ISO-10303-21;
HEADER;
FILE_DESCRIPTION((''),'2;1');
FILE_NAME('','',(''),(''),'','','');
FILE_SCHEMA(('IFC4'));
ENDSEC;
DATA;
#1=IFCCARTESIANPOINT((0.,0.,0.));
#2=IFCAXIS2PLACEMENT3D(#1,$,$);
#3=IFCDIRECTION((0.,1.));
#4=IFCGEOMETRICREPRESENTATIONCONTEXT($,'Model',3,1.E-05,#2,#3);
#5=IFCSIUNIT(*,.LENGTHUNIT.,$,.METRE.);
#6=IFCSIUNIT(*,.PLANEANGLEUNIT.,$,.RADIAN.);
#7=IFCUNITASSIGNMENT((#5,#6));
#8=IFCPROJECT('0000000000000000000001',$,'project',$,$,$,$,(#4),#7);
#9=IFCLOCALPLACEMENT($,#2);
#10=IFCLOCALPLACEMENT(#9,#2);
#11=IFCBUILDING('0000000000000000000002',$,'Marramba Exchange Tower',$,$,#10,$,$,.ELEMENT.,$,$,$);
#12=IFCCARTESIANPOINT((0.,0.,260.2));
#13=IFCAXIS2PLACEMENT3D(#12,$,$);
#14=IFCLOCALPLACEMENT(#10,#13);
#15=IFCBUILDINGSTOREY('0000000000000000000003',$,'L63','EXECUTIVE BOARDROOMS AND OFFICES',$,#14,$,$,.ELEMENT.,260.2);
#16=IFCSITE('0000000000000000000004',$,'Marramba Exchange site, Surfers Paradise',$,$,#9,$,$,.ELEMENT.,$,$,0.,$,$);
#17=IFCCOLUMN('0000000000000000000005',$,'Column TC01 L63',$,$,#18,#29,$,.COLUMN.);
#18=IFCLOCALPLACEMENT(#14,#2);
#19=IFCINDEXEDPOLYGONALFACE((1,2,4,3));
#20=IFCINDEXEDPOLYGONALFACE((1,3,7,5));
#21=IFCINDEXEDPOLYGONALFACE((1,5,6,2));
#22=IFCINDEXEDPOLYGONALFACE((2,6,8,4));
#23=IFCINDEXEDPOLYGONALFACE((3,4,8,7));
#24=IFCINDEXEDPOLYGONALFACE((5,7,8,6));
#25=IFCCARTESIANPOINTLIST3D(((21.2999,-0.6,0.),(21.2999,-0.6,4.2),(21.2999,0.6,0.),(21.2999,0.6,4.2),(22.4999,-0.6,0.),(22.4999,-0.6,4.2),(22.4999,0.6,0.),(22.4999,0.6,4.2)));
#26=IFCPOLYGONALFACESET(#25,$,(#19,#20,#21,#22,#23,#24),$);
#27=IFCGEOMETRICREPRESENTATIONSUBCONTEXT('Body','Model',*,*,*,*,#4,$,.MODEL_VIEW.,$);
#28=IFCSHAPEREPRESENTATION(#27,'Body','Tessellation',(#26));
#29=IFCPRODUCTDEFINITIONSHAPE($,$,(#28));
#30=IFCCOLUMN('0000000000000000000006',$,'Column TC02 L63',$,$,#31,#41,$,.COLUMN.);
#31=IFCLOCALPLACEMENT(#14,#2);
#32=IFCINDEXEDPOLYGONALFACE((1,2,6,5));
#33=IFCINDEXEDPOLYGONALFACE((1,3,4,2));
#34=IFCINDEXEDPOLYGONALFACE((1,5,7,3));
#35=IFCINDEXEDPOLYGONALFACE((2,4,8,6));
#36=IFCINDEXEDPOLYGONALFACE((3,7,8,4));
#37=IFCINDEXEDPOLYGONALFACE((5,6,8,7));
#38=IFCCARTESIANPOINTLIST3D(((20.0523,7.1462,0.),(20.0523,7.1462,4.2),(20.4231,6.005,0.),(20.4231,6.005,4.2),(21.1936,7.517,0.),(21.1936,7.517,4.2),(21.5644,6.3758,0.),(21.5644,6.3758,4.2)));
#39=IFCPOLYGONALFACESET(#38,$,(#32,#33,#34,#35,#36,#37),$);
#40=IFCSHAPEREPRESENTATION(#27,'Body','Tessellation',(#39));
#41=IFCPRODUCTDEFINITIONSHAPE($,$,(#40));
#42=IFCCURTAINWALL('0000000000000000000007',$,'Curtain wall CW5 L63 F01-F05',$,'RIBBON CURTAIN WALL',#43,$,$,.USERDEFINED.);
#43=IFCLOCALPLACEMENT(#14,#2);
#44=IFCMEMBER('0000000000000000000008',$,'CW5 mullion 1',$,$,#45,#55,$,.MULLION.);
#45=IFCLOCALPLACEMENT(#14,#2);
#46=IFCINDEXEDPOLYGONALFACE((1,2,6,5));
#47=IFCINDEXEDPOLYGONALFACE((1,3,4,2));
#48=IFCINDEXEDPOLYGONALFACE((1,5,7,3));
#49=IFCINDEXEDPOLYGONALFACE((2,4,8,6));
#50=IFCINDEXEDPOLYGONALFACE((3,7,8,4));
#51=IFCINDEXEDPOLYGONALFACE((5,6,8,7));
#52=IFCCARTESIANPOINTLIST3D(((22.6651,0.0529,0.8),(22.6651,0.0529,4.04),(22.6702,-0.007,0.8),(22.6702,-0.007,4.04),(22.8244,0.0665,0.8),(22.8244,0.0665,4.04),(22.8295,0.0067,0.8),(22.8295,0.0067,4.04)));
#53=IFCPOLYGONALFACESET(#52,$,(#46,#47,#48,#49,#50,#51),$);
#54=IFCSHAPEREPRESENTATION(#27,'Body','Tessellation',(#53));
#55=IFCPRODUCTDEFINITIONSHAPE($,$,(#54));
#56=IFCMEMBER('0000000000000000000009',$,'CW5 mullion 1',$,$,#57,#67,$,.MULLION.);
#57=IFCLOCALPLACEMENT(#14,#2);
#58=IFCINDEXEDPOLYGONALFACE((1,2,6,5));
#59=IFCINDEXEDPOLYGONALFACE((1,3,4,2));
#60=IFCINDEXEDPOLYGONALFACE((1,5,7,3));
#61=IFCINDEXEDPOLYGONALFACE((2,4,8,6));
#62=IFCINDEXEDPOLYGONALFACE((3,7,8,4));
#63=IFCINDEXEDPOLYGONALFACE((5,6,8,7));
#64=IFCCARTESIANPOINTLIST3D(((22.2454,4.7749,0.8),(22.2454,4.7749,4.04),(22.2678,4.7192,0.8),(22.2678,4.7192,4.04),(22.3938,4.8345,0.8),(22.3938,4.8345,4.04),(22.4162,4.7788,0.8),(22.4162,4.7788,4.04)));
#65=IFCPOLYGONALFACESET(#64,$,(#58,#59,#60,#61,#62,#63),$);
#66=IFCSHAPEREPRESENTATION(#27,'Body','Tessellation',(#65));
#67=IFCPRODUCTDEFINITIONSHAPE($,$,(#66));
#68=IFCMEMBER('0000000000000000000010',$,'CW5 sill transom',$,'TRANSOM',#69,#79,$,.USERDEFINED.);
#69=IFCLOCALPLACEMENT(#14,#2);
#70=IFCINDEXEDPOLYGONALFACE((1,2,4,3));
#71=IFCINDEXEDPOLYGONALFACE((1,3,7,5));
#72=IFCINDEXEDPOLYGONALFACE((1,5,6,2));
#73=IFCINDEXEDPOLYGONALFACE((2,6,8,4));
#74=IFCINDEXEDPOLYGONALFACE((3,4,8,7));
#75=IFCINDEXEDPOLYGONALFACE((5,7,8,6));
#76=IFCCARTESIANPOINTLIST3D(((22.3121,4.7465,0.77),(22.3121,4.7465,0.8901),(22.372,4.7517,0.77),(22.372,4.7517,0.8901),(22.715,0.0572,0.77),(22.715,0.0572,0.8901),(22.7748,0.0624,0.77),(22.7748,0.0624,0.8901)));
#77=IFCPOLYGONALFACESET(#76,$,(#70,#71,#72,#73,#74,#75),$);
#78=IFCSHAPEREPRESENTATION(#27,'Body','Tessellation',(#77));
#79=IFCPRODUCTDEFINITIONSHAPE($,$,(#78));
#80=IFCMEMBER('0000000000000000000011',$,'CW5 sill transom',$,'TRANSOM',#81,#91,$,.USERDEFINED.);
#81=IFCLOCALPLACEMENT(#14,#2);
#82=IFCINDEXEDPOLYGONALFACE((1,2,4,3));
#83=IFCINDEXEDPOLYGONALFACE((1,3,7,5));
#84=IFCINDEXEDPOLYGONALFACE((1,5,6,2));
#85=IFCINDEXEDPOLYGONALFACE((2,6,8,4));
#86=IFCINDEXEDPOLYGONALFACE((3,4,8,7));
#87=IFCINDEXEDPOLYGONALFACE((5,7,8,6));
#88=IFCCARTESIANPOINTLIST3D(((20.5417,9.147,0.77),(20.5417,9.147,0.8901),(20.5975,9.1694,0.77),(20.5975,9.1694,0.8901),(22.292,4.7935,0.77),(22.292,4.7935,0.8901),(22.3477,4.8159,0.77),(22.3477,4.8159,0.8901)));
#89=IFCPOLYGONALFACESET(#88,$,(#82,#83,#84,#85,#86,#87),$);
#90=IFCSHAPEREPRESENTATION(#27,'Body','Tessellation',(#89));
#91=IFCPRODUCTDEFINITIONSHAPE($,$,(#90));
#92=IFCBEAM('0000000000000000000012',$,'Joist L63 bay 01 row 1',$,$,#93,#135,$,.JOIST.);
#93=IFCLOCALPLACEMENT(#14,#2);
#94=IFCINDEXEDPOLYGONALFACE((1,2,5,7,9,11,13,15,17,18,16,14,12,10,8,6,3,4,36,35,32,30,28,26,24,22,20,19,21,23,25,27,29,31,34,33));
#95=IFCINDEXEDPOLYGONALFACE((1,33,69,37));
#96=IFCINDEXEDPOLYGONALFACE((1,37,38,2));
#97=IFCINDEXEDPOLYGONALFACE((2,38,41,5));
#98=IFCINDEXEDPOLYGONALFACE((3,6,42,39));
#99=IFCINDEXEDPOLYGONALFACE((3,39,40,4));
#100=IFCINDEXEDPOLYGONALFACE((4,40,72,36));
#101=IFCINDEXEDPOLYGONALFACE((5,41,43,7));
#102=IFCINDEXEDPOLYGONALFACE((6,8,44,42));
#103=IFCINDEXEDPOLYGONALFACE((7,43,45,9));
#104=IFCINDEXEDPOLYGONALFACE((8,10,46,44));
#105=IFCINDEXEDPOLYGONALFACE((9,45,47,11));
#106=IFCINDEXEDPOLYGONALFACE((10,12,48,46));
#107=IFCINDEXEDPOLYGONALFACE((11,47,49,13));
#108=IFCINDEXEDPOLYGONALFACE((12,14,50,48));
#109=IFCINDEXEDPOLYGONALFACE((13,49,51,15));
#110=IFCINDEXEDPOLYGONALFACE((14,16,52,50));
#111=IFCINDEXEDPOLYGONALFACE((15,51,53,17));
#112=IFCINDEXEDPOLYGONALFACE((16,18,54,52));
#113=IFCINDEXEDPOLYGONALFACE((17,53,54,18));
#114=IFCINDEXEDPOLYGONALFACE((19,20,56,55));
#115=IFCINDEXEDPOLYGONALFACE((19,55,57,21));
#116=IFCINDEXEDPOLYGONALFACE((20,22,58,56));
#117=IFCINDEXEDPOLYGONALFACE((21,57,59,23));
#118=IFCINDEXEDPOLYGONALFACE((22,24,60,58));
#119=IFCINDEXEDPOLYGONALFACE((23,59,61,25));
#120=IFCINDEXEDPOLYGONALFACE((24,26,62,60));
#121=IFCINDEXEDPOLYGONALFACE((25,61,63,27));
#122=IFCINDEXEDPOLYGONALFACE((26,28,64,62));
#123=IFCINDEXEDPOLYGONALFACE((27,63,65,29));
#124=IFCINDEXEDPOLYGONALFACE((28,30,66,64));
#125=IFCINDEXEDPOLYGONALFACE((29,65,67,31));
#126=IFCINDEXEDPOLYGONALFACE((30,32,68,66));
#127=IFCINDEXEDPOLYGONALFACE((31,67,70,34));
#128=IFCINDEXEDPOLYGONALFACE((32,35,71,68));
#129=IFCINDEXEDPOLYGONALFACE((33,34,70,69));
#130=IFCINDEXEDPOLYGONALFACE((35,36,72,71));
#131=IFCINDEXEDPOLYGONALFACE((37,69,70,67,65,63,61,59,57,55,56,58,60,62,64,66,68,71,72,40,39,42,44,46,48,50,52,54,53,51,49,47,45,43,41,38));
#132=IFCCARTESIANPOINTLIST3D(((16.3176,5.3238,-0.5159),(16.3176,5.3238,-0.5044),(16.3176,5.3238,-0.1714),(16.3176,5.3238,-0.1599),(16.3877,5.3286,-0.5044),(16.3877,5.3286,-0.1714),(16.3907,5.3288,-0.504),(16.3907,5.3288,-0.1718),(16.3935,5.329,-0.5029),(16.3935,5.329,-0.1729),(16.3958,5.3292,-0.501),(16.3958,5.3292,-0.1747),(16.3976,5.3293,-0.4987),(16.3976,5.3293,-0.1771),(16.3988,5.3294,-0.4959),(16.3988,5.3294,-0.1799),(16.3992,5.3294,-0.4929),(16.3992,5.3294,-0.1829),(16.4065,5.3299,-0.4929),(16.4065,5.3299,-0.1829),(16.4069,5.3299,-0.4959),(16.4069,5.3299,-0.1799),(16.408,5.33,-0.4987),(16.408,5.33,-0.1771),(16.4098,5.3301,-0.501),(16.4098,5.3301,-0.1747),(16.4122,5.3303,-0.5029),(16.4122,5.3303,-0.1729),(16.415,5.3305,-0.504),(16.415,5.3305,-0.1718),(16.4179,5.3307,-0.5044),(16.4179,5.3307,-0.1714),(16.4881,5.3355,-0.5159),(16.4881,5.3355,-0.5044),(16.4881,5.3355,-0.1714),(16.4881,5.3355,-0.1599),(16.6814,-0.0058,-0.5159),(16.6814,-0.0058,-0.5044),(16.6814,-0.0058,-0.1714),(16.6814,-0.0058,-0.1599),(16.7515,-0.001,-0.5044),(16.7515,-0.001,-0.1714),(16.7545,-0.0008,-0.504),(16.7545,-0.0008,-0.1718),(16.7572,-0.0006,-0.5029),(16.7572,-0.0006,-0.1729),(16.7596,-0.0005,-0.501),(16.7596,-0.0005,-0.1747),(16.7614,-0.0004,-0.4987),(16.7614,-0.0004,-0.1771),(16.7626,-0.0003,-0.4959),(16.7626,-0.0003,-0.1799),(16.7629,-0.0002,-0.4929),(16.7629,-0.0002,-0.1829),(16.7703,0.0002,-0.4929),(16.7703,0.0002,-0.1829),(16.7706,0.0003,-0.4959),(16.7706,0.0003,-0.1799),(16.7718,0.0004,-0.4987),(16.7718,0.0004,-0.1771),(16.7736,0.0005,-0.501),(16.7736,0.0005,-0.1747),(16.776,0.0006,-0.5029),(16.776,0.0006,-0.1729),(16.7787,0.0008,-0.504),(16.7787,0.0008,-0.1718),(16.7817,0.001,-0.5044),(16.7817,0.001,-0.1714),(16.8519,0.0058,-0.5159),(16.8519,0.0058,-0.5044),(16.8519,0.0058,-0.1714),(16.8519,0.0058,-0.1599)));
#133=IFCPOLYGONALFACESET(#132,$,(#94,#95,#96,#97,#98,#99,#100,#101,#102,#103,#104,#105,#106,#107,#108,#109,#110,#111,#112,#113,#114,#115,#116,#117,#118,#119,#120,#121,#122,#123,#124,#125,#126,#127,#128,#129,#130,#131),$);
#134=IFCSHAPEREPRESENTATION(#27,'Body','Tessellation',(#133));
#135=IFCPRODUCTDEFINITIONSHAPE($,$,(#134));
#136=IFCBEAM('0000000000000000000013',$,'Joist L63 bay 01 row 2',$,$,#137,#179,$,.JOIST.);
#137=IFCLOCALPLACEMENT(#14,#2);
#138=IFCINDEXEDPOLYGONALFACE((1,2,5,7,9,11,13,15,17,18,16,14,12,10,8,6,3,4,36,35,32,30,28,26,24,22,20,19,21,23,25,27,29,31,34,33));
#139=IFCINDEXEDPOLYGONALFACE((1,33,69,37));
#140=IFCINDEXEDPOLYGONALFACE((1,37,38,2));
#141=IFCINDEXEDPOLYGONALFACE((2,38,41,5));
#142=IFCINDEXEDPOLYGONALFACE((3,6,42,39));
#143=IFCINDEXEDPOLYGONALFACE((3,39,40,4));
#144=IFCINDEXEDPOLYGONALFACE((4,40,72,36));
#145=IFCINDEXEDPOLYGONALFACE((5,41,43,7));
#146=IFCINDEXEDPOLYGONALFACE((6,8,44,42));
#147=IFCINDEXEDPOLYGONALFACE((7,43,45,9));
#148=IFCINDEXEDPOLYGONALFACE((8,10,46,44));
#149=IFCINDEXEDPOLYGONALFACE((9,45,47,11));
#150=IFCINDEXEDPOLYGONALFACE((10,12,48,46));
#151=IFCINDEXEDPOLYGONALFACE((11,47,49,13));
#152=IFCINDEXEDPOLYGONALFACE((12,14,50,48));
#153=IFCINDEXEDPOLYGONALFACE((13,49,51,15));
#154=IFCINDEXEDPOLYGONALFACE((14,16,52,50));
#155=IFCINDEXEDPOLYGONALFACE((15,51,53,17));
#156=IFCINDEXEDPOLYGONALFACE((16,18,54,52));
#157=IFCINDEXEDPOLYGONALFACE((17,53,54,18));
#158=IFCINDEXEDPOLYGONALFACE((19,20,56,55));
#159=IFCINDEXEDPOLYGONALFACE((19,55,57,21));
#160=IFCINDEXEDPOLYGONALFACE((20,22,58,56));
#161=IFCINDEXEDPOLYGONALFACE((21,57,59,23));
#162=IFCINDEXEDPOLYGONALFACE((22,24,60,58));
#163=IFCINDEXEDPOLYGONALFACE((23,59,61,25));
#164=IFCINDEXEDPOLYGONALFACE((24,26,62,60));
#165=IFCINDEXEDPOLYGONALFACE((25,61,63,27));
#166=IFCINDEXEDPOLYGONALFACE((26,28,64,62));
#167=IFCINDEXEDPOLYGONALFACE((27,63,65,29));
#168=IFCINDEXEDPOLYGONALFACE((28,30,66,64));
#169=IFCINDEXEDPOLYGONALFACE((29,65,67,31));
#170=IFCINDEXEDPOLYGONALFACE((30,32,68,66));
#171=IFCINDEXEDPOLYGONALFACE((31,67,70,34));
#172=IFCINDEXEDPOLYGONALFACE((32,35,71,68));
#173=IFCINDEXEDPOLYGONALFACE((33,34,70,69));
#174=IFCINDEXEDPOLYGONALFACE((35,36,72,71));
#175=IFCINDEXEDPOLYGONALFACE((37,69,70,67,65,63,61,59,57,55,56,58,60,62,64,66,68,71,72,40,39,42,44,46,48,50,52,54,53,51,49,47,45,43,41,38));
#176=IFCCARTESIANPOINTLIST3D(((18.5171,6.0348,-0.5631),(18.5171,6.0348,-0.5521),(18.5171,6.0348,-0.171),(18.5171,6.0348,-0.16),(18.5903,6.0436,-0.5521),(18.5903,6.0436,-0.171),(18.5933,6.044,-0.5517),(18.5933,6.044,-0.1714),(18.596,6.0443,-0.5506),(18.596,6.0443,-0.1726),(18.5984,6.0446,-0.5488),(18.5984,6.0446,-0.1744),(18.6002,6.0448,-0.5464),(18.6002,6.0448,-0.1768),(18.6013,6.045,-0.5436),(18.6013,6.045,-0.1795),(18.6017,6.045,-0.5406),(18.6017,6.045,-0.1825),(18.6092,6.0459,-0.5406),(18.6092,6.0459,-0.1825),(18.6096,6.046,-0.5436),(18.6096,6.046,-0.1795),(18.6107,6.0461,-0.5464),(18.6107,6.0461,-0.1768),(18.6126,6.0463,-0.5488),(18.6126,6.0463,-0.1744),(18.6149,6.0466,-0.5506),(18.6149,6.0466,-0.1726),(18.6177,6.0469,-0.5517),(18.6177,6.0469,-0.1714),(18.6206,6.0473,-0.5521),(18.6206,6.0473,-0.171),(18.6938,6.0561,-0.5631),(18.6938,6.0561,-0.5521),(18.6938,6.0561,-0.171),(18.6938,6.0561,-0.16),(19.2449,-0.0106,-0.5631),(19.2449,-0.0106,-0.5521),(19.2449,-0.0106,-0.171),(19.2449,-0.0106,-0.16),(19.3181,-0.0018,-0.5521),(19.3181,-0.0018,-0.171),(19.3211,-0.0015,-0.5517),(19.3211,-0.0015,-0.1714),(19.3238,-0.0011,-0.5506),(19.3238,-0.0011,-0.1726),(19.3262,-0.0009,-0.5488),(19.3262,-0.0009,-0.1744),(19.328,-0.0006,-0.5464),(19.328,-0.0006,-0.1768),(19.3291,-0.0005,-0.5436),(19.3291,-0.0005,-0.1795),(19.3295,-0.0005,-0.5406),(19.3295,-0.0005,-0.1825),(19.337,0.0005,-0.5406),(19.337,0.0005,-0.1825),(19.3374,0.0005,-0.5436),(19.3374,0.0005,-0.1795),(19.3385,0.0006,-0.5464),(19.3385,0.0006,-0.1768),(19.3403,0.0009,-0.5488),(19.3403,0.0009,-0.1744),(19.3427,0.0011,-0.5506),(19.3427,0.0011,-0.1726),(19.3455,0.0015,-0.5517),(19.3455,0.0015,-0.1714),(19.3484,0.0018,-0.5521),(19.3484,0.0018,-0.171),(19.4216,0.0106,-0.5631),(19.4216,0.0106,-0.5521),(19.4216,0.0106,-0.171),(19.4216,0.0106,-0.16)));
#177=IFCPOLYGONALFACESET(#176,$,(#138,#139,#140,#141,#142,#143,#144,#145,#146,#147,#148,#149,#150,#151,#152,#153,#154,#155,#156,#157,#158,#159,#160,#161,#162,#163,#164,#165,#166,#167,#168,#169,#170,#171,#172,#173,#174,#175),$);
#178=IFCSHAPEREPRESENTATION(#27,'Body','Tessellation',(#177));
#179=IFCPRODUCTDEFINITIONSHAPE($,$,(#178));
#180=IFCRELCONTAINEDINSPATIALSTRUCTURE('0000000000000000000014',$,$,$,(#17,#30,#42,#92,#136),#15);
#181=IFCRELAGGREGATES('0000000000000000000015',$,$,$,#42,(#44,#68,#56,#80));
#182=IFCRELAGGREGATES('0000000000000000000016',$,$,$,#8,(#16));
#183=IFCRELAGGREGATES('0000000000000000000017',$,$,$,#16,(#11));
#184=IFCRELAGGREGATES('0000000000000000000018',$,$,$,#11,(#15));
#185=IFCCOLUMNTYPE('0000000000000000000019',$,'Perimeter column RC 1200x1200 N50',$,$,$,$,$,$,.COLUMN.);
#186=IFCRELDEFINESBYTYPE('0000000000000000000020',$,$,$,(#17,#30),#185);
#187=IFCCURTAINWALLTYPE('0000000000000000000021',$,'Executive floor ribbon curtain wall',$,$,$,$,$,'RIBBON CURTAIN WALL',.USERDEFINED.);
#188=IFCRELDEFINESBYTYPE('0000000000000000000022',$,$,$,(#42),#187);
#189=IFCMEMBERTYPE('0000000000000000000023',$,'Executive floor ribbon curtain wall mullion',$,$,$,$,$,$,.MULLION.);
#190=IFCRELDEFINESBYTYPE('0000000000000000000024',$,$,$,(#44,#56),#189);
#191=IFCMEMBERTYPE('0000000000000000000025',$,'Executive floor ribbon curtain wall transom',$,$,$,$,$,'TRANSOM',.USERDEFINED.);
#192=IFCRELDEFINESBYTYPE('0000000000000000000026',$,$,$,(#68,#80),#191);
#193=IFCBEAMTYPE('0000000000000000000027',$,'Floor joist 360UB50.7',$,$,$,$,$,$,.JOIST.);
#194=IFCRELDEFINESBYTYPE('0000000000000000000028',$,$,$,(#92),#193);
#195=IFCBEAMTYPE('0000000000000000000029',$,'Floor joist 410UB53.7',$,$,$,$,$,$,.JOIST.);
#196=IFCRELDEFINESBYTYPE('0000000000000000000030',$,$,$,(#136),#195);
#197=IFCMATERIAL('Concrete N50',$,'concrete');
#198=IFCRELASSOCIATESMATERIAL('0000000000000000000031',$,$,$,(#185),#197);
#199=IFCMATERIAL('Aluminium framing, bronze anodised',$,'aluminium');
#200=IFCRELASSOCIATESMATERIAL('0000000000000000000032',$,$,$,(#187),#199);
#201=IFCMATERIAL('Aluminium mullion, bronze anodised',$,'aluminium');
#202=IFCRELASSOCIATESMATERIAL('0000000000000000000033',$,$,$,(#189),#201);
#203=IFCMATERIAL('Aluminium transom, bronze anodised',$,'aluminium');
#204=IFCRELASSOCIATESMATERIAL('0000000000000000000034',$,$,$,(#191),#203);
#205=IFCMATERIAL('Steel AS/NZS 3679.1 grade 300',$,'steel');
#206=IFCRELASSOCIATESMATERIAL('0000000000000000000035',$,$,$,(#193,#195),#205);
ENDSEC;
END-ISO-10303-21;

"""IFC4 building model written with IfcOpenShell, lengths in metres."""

from ifc_helpers import new_model, si_unit, direction, frame, origin, origin_2d, place, context, subcontext, project, spatial, rectangle, i_section, extrude, material, material_profile, profile_set, type_object, element, aggregate, save


model = new_model("IFC4")

# Units and contexts
model_context = context("Model", 3, precision=1e-05, world=origin(), true_north=direction((0.0, 1.0)))
body_context = subcontext(model_context, "Body", "Model", "MODEL_VIEW")
ifc_project = project(units=[si_unit("LENGTHUNIT", "METRE"), si_unit("PLANEANGLEUNIT", "RADIAN")], contexts=[model_context])

# Site, building, storey
site_placement = place(None, origin())
site = spatial("IfcSite", under=ifc_project, at=site_placement, Name="Marramba Exchange site, Surfers Paradise", CompositionType="ELEMENT", RefElevation=0.0)
building_placement = place(site_placement, origin())
building = spatial("IfcBuilding", under=site, at=building_placement, Name="Marramba Exchange Tower", CompositionType="ELEMENT")
storey_placement = place(building_placement, frame((0.0, 0.0, 260.2)))
storey = spatial("IfcBuildingStorey", under=building, at=storey_placement, Name="L63", Description="EXECUTIVE BOARDROOMS AND OFFICES", CompositionType="ELEMENT", Elevation=260.2)

# Columns
ifc_material_1 = material(Name="Concrete N50", Category="concrete")
ifc_material_profile_1 = material_profile(ifc_material_1, rectangle(XDim=1.2, YDim=1.2, at=origin_2d()), Name="RC 1200x1200")
ifc_profile_set_1 = profile_set([ifc_material_profile_1], Name="Concrete N50")
column_type = type_object("IfcColumnType", Name="Perimeter column RC 1200x1200 N50", PredefinedType="COLUMN", material=ifc_profile_set_1)
for number, where, z_axis, x_axis, name in (
    (1, (21.8999, 0.0, 0.0), (0.0, 0.0, 1.0), (1.0, 0.0, 0.0), "Column TC01 L63"),
    (2, (20.8083, 6.761, 0.0), (0.0, 0.0, 1.0), (0.951057, 0.309017, 0.0), "Column TC02 L63"),
):
    element("IfcColumn", number, at=place(storey_placement, frame(where, z_axis=z_axis, x_axis=x_axis)), inside=storey, type_object=column_type, Name=name, PredefinedType="COLUMN", context=body_context, shape_type="SweptSolid", body=[
        extrude(rectangle(XDim=1.2, YDim=1.2, at=origin_2d()), origin(), (0.0, 0.0, 1.0), 4.2),
    ])

# Curtain wall, members
ifc_material_2 = material(Name="Aluminium framing, bronze anodised", Category="aluminium")
curtain_wall_type = type_object("IfcCurtainWallType", Name="Executive floor ribbon curtain wall", ElementType="RIBBON CURTAIN WALL", PredefinedType="USERDEFINED", material=ifc_material_2)
curtain_wall_placement = place(storey_placement, origin())
curtain_wall = element("IfcCurtainWall", 3, at=curtain_wall_placement, inside=storey, type_object=curtain_wall_type, Name="Curtain wall CW5 L63 F01-F05", ObjectType="RIBBON CURTAIN WALL", PredefinedType="USERDEFINED")
ifc_material_3 = material(Name="Aluminium mullion, bronze anodised", Category="aluminium")
ifc_material_profile_2 = material_profile(ifc_material_3, rectangle(XDim=0.1599, YDim=0.0601, at=origin_2d()), Name="CW5 mullion 60x160")
ifc_profile_set_2 = profile_set([ifc_material_profile_2], Name="Aluminium mullion, bronze anodised")
member_type_1 = type_object("IfcMemberType", Name="Executive floor ribbon curtain wall mullion", PredefinedType="MULLION", material=ifc_profile_set_2)
member_1_placement = place(storey_placement, frame((22.7473, 0.0298, 0.8), z_axis=(0.0, 0.0, 1.0), x_axis=(-0.996332, -0.085574, 0.0)))
member_1 = element("IfcMember", 4, at=member_1_placement, type_object=member_type_1, Name="CW5 mullion 1", PredefinedType="MULLION", context=body_context, shape_type="SweptSolid", body=[
    extrude(rectangle(XDim=0.1599, YDim=0.0601, at=origin_2d()), origin(), (0.0, 0.0, 1.0), 3.24),
])
member_2_placement = place(storey_placement, frame((22.3308, 4.7769, 0.8), z_axis=(0.0, 0.0, 1.0), x_axis=(-0.927838, -0.372983, 0.0)))
member_2 = element("IfcMember", 5, at=member_2_placement, type_object=member_type_1, Name="CW5 mullion 1", PredefinedType="MULLION", context=body_context, shape_type="SweptSolid", body=[
    extrude(rectangle(XDim=0.1599, YDim=0.0601, at=origin_2d()), origin(), (0.0, 0.0, 1.0), 3.24),
])
ifc_material_4 = material(Name="Aluminium transom, bronze anodised", Category="aluminium")
ifc_material_profile_3 = material_profile(ifc_material_4, rectangle(XDim=0.0601, YDim=0.1201, at=origin_2d()), Name="CW5 transom 60x120")
ifc_profile_set_3 = profile_set([ifc_material_profile_3], Name="Aluminium transom, bronze anodised")
member_type_2 = type_object("IfcMemberType", Name="Executive floor ribbon curtain wall transom", ElementType="TRANSOM", PredefinedType="USERDEFINED", material=ifc_profile_set_3)
member_3_placement = place(storey_placement, frame((22.7449, 0.0598, 0.8301), z_axis=(-0.085591, 0.99633, 0.0), x_axis=(-0.99633, -0.085591, 0.0)))
member_3 = element("IfcMember", 6, at=member_3_placement, type_object=member_type_2, Name="CW5 sill transom", ObjectType="TRANSOM", PredefinedType="USERDEFINED", context=body_context, shape_type="SweptSolid", body=[
    extrude(rectangle(XDim=0.0601, YDim=0.1201, at=origin_2d()), origin(), (0.0, 0.0, 1.0), 4.7065),
])
member_4_placement = place(storey_placement, frame((22.3198, 4.8047, 0.8301), z_axis=(-0.373014, 0.927826, 0.0), x_axis=(-0.927826, -0.373014, 0.0)))
member_4 = element("IfcMember", 7, at=member_4_placement, type_object=member_type_2, Name="CW5 sill transom", ObjectType="TRANSOM", PredefinedType="USERDEFINED", context=body_context, shape_type="SweptSolid", body=[
    extrude(rectangle(XDim=0.0601, YDim=0.1201, at=origin_2d()), origin(), (0.0, 0.0, 1.0), 4.6921),
])

# Beams
ifc_material_5 = material(Name="Steel AS/NZS 3679.1 grade 300", Category="steel")
ifc_material_profile_4 = material_profile(ifc_material_5, i_section(OverallWidth=0.1709, OverallDepth=0.356, WebThickness=0.0073, FlangeThickness=0.0115, FilletRadius=0.0115, at=origin_2d()), Name="360UB50.7")
ifc_profile_set_4 = profile_set([ifc_material_profile_4], Name="Steel AS/NZS 3679.1 grade 300")
beam_type_1 = type_object("IfcBeamType", Name="Floor joist 360UB50.7", PredefinedType="JOIST", material=ifc_profile_set_4)
beam_1_placement = place(storey_placement, frame((16.7666, 0.0, -0.3379), z_axis=(-0.068096, 0.997679, 0.0), x_axis=(-0.997679, -0.068096, 0.0)))
element("IfcBeam", 8, at=beam_1_placement, inside=storey, type_object=beam_type_1, Name="Joist L63 bay 01 row 1", PredefinedType="JOIST", context=body_context, shape_type="SweptSolid", body=[
    extrude(i_section(OverallWidth=0.1709, OverallDepth=0.356, WebThickness=0.0073, FlangeThickness=0.0115, FilletRadius=0.0115, at=origin_2d()), origin(), (0.0, 0.0, 1.0), 5.342),
])
ifc_material_profile_5 = material_profile(ifc_material_5, i_section(OverallWidth=0.178, OverallDepth=0.4031, WebThickness=0.0076, FlangeThickness=0.011, FilletRadius=0.0115, at=origin_2d()), Name="410UB53.7")
ifc_profile_set_5 = profile_set([ifc_material_profile_5], Name="Steel AS/NZS 3679.1 grade 300")
beam_type_2 = type_object("IfcBeamType", Name="Floor joist 410UB53.7", PredefinedType="JOIST", material=ifc_profile_set_5)
beam_2_placement = place(storey_placement, frame((19.3333, 0.0, -0.3616), z_axis=(-0.119523, 0.992831, 0.0), x_axis=(-0.992831, -0.119523, 0.0)))
element("IfcBeam", 9, at=beam_2_placement, inside=storey, type_object=beam_type_2, Name="Joist L63 bay 01 row 2", PredefinedType="JOIST", context=body_context, shape_type="SweptSolid", body=[
    extrude(i_section(OverallWidth=0.178, OverallDepth=0.4031, WebThickness=0.0076, FlangeThickness=0.011, FilletRadius=0.0115, at=origin_2d()), origin(), (0.0, 0.0, 1.0), 6.0891),
])

aggregate(curtain_wall, [member_1, member_3, member_2, member_4])

save(model, "model.ifc")
